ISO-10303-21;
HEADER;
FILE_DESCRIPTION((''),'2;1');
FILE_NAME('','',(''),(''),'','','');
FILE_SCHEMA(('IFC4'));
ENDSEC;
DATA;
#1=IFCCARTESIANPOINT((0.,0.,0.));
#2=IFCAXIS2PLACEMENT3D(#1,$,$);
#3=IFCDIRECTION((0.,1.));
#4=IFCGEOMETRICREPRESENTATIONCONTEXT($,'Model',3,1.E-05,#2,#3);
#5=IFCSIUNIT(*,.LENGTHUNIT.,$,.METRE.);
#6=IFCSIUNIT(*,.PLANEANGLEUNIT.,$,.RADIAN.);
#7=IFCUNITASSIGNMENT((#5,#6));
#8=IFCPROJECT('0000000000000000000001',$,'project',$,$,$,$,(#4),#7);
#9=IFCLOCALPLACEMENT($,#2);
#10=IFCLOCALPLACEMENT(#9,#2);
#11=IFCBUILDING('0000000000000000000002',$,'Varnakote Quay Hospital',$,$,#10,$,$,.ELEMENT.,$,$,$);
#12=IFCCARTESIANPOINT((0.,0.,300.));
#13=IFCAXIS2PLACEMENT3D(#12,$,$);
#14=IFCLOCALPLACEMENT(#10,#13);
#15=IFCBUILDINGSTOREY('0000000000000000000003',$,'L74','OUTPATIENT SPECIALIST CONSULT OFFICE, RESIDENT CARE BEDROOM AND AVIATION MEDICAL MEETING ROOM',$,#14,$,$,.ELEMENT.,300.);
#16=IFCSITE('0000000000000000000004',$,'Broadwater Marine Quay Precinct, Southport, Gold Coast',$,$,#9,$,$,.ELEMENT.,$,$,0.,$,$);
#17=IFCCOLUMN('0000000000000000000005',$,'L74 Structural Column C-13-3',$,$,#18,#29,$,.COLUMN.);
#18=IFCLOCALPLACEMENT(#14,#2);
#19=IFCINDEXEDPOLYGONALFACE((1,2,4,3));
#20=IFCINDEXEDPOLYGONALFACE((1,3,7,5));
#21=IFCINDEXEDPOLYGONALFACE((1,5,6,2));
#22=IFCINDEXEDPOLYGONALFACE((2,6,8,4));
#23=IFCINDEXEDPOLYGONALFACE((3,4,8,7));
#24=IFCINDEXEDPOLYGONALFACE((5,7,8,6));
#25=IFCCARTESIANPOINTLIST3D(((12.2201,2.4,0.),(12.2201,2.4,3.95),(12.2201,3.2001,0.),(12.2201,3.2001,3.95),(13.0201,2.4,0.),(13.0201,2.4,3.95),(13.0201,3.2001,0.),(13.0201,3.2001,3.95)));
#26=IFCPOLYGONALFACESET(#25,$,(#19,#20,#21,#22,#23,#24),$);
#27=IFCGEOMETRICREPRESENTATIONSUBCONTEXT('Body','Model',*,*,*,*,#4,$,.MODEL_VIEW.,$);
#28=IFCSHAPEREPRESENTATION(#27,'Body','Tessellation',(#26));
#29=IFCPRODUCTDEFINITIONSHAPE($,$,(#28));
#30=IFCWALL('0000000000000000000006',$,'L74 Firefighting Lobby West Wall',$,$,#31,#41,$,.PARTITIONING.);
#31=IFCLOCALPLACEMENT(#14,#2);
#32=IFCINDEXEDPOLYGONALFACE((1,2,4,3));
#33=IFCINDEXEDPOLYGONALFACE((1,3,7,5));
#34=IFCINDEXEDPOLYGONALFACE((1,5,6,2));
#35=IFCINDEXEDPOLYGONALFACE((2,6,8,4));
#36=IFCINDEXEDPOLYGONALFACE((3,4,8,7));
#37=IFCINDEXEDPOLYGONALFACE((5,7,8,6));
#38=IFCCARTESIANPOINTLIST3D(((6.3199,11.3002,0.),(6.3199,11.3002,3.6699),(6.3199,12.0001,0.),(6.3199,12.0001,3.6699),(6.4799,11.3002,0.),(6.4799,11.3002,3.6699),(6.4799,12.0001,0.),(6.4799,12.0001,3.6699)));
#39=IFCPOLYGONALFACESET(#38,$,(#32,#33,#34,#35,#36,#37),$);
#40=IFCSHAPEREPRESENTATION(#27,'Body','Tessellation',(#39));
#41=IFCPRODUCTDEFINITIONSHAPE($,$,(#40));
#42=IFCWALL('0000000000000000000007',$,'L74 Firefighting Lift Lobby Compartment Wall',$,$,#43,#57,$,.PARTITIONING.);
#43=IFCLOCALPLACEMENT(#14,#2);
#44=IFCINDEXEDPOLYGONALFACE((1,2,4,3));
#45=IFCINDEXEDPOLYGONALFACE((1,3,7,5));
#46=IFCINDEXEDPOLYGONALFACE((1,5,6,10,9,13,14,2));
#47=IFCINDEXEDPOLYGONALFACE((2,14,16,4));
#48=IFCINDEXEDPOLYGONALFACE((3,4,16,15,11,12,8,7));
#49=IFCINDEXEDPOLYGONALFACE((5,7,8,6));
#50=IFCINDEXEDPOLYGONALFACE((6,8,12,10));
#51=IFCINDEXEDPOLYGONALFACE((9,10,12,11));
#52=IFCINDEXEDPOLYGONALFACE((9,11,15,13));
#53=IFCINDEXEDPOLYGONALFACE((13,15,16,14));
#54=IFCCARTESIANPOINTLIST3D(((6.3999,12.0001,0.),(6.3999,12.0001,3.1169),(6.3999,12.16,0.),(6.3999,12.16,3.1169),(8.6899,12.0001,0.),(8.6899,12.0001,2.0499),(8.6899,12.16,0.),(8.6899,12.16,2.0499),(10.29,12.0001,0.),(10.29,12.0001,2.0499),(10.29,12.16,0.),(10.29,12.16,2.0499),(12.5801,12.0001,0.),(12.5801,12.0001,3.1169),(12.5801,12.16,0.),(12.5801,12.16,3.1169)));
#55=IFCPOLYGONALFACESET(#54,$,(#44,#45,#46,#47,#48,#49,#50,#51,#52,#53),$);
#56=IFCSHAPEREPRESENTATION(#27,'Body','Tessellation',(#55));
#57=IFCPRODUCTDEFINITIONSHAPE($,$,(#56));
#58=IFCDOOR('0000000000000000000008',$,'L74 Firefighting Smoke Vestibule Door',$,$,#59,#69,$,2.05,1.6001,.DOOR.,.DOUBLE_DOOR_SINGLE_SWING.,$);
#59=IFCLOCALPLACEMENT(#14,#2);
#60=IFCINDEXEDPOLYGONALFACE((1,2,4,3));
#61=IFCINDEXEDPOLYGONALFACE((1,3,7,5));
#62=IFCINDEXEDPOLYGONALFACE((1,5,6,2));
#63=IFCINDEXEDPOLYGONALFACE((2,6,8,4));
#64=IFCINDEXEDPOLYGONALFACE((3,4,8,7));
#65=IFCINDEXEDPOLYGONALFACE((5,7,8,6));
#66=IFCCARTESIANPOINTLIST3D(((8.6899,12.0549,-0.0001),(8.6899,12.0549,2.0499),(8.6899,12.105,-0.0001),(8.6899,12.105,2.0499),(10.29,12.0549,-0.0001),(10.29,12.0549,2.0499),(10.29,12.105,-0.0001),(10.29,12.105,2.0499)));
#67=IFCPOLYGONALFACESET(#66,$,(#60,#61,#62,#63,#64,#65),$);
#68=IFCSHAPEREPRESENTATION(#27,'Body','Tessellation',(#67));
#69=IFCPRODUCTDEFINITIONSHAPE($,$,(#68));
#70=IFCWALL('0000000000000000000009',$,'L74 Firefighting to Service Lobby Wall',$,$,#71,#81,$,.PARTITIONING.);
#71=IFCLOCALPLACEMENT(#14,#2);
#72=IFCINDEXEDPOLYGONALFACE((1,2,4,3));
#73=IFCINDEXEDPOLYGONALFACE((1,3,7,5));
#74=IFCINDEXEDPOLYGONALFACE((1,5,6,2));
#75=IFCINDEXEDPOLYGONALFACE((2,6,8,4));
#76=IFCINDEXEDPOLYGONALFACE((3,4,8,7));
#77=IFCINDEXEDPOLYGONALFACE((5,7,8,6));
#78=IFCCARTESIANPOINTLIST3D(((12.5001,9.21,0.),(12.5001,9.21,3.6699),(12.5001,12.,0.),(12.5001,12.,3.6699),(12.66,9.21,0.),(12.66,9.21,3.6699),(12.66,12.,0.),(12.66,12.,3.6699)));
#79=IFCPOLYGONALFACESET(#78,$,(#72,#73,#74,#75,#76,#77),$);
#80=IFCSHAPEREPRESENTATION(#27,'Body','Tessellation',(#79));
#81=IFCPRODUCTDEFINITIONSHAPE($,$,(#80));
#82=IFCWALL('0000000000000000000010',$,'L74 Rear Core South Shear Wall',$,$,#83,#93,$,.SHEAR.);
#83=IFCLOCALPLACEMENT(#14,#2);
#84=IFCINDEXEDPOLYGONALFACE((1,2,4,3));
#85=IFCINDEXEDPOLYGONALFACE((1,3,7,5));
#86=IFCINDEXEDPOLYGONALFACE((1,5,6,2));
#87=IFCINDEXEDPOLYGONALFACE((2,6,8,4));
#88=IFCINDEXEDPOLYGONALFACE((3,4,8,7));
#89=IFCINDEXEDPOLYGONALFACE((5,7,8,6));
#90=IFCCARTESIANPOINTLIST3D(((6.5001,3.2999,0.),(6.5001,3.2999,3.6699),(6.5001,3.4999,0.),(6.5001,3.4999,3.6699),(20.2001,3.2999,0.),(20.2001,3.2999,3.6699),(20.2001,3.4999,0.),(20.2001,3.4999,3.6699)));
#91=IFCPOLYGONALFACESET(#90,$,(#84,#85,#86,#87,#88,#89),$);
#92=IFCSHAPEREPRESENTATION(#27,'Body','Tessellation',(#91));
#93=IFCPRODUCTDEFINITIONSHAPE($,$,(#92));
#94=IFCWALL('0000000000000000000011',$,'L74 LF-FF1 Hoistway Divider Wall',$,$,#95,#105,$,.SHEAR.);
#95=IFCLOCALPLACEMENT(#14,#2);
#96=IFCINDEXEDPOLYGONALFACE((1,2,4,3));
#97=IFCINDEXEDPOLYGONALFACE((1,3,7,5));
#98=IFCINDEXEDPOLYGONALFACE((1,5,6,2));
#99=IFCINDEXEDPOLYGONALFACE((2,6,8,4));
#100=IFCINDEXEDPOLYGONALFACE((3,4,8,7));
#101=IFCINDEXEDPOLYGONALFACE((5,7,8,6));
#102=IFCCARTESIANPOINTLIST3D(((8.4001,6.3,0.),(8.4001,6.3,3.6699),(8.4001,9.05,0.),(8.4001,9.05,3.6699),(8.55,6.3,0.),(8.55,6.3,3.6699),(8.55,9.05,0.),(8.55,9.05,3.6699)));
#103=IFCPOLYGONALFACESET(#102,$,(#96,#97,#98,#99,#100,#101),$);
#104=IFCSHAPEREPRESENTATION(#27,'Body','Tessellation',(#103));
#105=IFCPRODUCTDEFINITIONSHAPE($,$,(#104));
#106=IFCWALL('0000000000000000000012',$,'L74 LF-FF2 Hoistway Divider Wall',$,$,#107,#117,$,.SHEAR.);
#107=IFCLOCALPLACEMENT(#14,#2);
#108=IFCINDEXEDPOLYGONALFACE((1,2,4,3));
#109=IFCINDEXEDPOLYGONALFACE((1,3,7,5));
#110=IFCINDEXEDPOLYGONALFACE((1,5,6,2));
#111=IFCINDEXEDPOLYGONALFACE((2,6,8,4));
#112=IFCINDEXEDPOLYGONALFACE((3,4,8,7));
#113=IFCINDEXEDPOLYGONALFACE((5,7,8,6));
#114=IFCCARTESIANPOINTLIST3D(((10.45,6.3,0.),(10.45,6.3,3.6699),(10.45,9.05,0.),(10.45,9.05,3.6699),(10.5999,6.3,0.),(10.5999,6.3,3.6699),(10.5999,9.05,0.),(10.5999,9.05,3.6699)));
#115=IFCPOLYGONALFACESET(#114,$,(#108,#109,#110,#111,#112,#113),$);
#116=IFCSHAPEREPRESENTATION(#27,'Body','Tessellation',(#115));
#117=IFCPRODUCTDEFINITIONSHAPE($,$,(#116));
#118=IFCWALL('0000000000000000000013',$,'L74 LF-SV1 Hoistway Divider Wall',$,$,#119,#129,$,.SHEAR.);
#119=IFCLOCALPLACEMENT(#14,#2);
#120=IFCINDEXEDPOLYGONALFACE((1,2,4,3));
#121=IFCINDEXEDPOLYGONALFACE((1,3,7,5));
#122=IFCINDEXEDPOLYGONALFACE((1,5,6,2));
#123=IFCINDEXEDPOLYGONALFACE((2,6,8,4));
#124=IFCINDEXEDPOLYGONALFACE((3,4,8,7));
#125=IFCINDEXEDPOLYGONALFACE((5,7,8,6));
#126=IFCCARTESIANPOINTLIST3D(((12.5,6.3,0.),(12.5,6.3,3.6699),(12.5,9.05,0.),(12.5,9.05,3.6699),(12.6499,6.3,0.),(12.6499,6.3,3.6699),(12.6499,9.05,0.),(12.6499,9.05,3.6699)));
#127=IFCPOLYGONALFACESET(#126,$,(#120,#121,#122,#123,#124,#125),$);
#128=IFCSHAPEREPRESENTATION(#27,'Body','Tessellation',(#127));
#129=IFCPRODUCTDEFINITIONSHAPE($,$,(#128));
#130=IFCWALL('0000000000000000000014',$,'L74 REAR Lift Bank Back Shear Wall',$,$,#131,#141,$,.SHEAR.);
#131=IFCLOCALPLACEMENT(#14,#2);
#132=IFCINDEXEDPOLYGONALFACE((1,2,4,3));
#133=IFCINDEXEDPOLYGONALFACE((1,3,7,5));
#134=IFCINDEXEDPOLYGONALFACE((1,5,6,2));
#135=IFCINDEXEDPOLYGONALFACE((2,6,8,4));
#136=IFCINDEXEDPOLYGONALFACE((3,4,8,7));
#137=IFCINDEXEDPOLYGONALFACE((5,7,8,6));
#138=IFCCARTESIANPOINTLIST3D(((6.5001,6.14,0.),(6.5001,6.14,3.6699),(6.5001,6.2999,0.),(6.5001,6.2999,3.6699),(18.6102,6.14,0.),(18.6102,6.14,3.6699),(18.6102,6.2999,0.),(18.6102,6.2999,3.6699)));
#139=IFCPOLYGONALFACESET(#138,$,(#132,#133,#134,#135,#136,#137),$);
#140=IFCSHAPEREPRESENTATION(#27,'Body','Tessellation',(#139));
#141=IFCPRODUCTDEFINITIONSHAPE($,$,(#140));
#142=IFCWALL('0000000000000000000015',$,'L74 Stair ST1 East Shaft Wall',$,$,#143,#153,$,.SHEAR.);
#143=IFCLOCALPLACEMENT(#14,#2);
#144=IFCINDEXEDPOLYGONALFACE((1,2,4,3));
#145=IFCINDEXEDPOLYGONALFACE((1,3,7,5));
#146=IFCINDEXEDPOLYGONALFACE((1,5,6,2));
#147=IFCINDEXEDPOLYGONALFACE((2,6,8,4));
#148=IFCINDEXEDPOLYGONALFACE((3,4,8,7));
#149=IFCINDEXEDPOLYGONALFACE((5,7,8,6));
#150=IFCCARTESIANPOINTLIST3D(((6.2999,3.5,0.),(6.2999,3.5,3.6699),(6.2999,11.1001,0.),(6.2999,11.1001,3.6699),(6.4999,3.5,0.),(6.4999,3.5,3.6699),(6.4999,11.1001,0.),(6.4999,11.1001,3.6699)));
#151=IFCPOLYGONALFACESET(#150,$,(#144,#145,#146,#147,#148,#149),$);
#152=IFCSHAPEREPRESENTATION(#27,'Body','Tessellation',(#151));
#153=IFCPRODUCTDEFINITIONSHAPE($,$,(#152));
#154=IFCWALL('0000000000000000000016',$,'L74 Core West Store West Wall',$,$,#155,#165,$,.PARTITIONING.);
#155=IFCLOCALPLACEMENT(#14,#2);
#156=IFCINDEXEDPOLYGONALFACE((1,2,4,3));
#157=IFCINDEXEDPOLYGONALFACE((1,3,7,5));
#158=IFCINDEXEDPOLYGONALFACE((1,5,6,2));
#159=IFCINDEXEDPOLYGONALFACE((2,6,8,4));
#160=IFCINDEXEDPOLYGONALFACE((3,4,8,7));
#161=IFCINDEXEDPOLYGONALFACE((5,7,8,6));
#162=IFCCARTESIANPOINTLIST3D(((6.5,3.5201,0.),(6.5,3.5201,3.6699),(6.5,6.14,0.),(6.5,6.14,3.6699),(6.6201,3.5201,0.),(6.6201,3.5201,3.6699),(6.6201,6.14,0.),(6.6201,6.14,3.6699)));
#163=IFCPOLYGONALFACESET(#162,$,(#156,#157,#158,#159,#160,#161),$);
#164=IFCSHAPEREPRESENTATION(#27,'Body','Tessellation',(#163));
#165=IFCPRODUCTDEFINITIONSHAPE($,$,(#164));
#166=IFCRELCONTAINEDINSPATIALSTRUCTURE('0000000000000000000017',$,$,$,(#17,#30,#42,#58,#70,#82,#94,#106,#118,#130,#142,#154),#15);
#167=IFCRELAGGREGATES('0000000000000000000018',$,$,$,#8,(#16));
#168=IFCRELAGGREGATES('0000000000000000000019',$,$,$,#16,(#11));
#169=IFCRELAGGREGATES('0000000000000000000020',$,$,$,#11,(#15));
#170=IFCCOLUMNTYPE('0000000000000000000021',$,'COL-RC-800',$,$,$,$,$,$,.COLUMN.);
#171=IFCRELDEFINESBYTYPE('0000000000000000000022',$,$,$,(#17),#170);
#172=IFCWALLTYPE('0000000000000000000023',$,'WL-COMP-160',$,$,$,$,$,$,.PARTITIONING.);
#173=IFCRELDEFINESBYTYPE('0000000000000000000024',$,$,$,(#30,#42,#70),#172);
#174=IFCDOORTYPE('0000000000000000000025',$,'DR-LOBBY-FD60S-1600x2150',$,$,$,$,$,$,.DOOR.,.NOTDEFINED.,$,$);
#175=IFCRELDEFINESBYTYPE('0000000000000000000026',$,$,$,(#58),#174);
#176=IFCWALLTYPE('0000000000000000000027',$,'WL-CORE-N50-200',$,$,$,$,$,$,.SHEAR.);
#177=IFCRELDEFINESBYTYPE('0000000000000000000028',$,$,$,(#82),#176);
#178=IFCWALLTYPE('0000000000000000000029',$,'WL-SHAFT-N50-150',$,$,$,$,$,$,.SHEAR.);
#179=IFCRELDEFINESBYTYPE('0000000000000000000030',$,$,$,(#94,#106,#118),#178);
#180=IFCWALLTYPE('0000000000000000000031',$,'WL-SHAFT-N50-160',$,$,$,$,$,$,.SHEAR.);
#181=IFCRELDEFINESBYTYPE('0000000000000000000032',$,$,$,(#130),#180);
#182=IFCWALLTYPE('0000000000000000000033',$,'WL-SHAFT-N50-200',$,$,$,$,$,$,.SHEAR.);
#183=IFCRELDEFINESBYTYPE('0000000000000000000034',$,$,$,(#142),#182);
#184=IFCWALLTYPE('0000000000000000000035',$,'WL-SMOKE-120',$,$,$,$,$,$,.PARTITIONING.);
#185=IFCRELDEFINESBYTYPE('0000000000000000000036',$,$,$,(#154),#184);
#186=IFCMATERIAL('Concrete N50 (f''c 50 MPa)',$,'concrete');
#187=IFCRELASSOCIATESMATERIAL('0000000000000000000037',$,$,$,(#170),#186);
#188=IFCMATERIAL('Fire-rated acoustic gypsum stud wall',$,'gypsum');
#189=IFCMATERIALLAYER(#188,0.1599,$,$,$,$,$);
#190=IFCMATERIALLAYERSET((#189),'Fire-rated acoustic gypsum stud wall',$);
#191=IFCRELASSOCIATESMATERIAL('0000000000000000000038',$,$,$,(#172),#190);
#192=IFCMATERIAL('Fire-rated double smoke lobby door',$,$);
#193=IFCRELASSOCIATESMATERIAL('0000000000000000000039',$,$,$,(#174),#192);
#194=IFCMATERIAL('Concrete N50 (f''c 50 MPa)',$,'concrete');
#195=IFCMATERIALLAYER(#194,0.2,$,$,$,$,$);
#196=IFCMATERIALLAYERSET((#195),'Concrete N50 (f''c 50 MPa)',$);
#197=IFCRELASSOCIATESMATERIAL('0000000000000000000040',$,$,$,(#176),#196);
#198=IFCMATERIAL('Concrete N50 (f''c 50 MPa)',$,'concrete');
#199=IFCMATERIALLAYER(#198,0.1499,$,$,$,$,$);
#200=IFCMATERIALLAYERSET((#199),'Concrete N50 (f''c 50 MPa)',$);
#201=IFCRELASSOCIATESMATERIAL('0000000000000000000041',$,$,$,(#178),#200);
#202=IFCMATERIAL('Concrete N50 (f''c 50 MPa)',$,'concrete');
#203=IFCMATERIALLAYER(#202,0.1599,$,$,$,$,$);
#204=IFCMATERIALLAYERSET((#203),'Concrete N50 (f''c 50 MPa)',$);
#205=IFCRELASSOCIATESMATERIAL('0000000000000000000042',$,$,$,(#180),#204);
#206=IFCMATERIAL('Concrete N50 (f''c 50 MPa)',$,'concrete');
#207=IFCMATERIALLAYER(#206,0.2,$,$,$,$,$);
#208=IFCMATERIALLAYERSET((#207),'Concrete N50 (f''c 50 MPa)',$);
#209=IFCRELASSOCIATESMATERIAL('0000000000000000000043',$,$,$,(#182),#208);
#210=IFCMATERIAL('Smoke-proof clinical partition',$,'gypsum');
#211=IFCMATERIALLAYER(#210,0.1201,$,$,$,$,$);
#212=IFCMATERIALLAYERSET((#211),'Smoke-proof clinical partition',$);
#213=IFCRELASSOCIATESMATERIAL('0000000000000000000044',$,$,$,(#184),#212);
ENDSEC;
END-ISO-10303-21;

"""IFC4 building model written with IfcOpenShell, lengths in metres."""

from ifc_helpers import new_model, si_unit, direction, frame, frame_2d, origin, origin_2d, place, context, subcontext, project, spatial, rectangle, extrude, material, layer, layer_set, material_profile, profile_set, type_object, element, fill, save


model = new_model("IFC4")

# Units and contexts
model_context = context("Model", 3, precision=1e-05, world=origin(), true_north=direction((0.0, 1.0)))
body_context = subcontext(model_context, "Body", "Model", "MODEL_VIEW")
ifc_project = project(units=[si_unit("LENGTHUNIT", "METRE"), si_unit("PLANEANGLEUNIT", "RADIAN")], contexts=[model_context])

# Site, building, storey
site_placement = place(None, origin())
site = spatial("IfcSite", under=ifc_project, at=site_placement, Name="Broadwater Marine Quay Precinct, Southport, Gold Coast", CompositionType="ELEMENT", RefElevation=0.0)
building_placement = place(site_placement, origin())
building = spatial("IfcBuilding", under=site, at=building_placement, Name="Varnakote Quay Hospital", CompositionType="ELEMENT")
storey_placement = place(building_placement, frame((0.0, 0.0, 300.0)))
storey = spatial("IfcBuildingStorey", under=building, at=storey_placement, Name="L74", Description="OUTPATIENT SPECIALIST CONSULT OFFICE, RESIDENT CARE BEDROOM AND AVIATION MEDICAL MEETING ROOM", CompositionType="ELEMENT", Elevation=300.0)

# Column
ifc_material_1 = material(Name="Concrete N50 (f'c 50 MPa)", Category="concrete")
ifc_material_profile = material_profile(ifc_material_1, rectangle(XDim=0.8, YDim=0.8, at=origin_2d()), Name="RC-COL-800x800")
ifc_profile_set = profile_set([ifc_material_profile], Name="Concrete N50 (f'c 50 MPa)")
column_type = type_object("IfcColumnType", Name="COL-RC-800", PredefinedType="COLUMN", material=ifc_profile_set)
column_placement = place(storey_placement, frame((12.6201, 2.8, 0.0), z_axis=(0.0, 0.0, 1.0), x_axis=(1.0, 0.0, 0.0)))
element("IfcColumn", 1, at=column_placement, inside=storey, type_object=column_type, Name="L74 Structural Column C-13-3", PredefinedType="COLUMN", context=body_context, shape_type="SweptSolid", body=[
    extrude(rectangle(XDim=0.8, YDim=0.8, at=origin_2d()), origin(), (0.0, 0.0, 1.0), 3.95),
])

# Wall
ifc_material_2 = material(Name="Fire-rated acoustic gypsum stud wall", Category="gypsum")
ifc_layer_1 = layer(ifc_material_2, 0.1599)
ifc_layer_set_1 = layer_set([ifc_layer_1], Name="Fire-rated acoustic gypsum stud wall")
wall_type_1 = type_object("IfcWallType", Name="WL-COMP-160", PredefinedType="PARTITIONING", material=ifc_layer_set_1)
wall_1_placement = place(storey_placement, frame((6.3999, 11.3, 0.0), z_axis=(0.0, 0.0, 1.0), x_axis=(0.0, 1.0, 0.0)))
element("IfcWall", 2, at=wall_1_placement, inside=storey, type_object=wall_type_1, Name="L74 Firefighting Lobby West Wall", PredefinedType="PARTITIONING", context=body_context, shape_type="SweptSolid", body=[
    extrude(rectangle(XDim=0.7, YDim=0.1599, at=frame_2d((0.3501, 0.0))), origin(), (0.0, 0.0, 1.0), 3.6699),
])

# Wall, opening, door
wall_2_placement = place(storey_placement, frame((6.3999, 12.0801, 0.0), z_axis=(0.0, 0.0, 1.0), x_axis=(1.0, 0.0, 0.0)))
wall_2 = element("IfcWall", 3, at=wall_2_placement, inside=storey, type_object=wall_type_1, Name="L74 Firefighting Lift Lobby Compartment Wall", PredefinedType="PARTITIONING", context=body_context, shape_type="SweptSolid", body=[
    extrude(rectangle(XDim=6.1802, YDim=0.1599, at=frame_2d((3.0901, 0.0))), origin(), (0.0, 0.0, 1.0), 3.1169),
])
opening_1_placement = place(wall_2_placement, frame((2.29, 0.0, 0.0)))
opening_1 = element("IfcOpeningElement", 4, at=opening_1_placement, cuts=wall_2, PredefinedType="OPENING", context=body_context, shape_type="SweptSolid", body=[
    extrude(rectangle(XDim=1.6001, YDim=2.05, at=frame_2d((0.8, 1.0249))), frame((0.0, 0.0898, 0.0), z_axis=(0.0, -1.0, 0.0), x_axis=(1.0, 0.0, 0.0)), (0.0, 0.0, 1.0), 0.1799),
])
ifc_material_3 = material(Name="Fire-rated double smoke lobby door")
door_type_1 = type_object("IfcDoorType", Name="DR-LOBBY-FD60S-1600x2150", OperationType="NOTDEFINED", PredefinedType="DOOR", material=ifc_material_3)
door_1_placement = place(opening_1_placement, origin())
door_1 = element("IfcDoor", 5, at=door_1_placement, inside=storey, type_object=door_type_1, Name="L74 Firefighting Smoke Vestibule Door", OperationType="DOUBLE_DOOR_SINGLE_SWING", OverallHeight=2.05, OverallWidth=1.6001, PredefinedType="DOOR", context=body_context, shape_type="SweptSolid", body=[
    extrude(rectangle(XDim=1.6001, YDim=2.05, at=frame_2d((0.8, 1.0249))), frame((0.0, 0.0249, 0.0), z_axis=(0.0, -1.0, 0.0), x_axis=(1.0, 0.0, 0.0)), (0.0, 0.0, 1.0), 0.05),
])
fill(opening_1, door_1)

# Walls
wall_3_placement = place(storey_placement, frame((12.5801, 9.21, 0.0), z_axis=(0.0, 0.0, 1.0), x_axis=(0.0, 1.0, 0.0)))
element("IfcWall", 6, at=wall_3_placement, inside=storey, type_object=wall_type_1, Name="L74 Firefighting to Service Lobby Wall", PredefinedType="PARTITIONING", context=body_context, shape_type="SweptSolid", body=[
    extrude(rectangle(XDim=2.79, YDim=0.1599, at=frame_2d((1.395, 0.0))), origin(), (0.0, 0.0, 1.0), 3.6699),
])
ifc_material_4 = material(Name="Concrete N50 (f'c 50 MPa)", Category="concrete")
ifc_layer_2 = layer(ifc_material_4, 0.2)
ifc_layer_set_2 = layer_set([ifc_layer_2], Name="Concrete N50 (f'c 50 MPa)")
wall_type_2 = type_object("IfcWallType", Name="WL-CORE-N50-200", PredefinedType="SHEAR", material=ifc_layer_set_2)
wall_4_placement = place(storey_placement, frame((6.5, 3.3999, 0.0), z_axis=(0.0, 0.0, 1.0), x_axis=(1.0, 0.0, 0.0)))
element("IfcWall", 7, at=wall_4_placement, inside=storey, type_object=wall_type_2, Name="L74 Rear Core South Shear Wall", PredefinedType="SHEAR", context=body_context, shape_type="SweptSolid", body=[
    extrude(rectangle(XDim=13.7, YDim=0.2, at=frame_2d((6.8501, 0.0))), origin(), (0.0, 0.0, 1.0), 3.6699),
])
ifc_material_5 = material(Name="Concrete N50 (f'c 50 MPa)", Category="concrete")
ifc_layer_3 = layer(ifc_material_5, 0.1499)
ifc_layer_set_3 = layer_set([ifc_layer_3], Name="Concrete N50 (f'c 50 MPa)")
wall_type_3 = type_object("IfcWallType", Name="WL-SHAFT-N50-150", PredefinedType="SHEAR", material=ifc_layer_set_3)
for number, where, z_axis, x_axis, name in (
    (8, (8.4751, 6.3, 0.0), (0.0, 0.0, 1.0), (0.0, 1.0, 0.0), "L74 LF-FF1 Hoistway Divider Wall"),
    (9, (10.5249, 6.3, 0.0), (0.0, 0.0, 1.0), (0.0, 1.0, 0.0), "L74 LF-FF2 Hoistway Divider Wall"),
    (10, (12.575, 6.3, 0.0), (0.0, 0.0, 1.0), (0.0, 1.0, 0.0), "L74 LF-SV1 Hoistway Divider Wall"),
):
    element("IfcWall", number, at=place(storey_placement, frame(where, z_axis=z_axis, x_axis=x_axis)), inside=storey, type_object=wall_type_3, Name=name, PredefinedType="SHEAR", context=body_context, shape_type="SweptSolid", body=[
        extrude(rectangle(XDim=2.75, YDim=0.1499, at=frame_2d((1.375, 0.0))), origin(), (0.0, 0.0, 1.0), 3.6699),
    ])
ifc_material_6 = material(Name="Concrete N50 (f'c 50 MPa)", Category="concrete")
ifc_layer_4 = layer(ifc_material_6, 0.1599)
ifc_layer_set_4 = layer_set([ifc_layer_4], Name="Concrete N50 (f'c 50 MPa)")
wall_type_4 = type_object("IfcWallType", Name="WL-SHAFT-N50-160", PredefinedType="SHEAR", material=ifc_layer_set_4)
wall_5_placement = place(storey_placement, frame((6.5, 6.22, 0.0), z_axis=(0.0, 0.0, 1.0), x_axis=(1.0, 0.0, 0.0)))
element("IfcWall", 11, at=wall_5_placement, inside=storey, type_object=wall_type_4, Name="L74 REAR Lift Bank Back Shear Wall", PredefinedType="SHEAR", context=body_context, shape_type="SweptSolid", body=[
    extrude(rectangle(XDim=12.1101, YDim=0.1599, at=frame_2d((6.0552, 0.0))), origin(), (0.0, 0.0, 1.0), 3.6699),
])

# Walls
ifc_material_7 = material(Name="Concrete N50 (f'c 50 MPa)", Category="concrete")
ifc_layer_5 = layer(ifc_material_7, 0.2)
ifc_layer_set_5 = layer_set([ifc_layer_5], Name="Concrete N50 (f'c 50 MPa)")
wall_type_5 = type_object("IfcWallType", Name="WL-SHAFT-N50-200", PredefinedType="SHEAR", material=ifc_layer_set_5)
wall_6_placement = place(storey_placement, frame((6.3999, 3.5, 0.0), z_axis=(0.0, 0.0, 1.0), x_axis=(0.0, 1.0, 0.0)))
element("IfcWall", 12, at=wall_6_placement, inside=storey, type_object=wall_type_5, Name="L74 Stair ST1 East Shaft Wall", PredefinedType="SHEAR", context=body_context, shape_type="SweptSolid", body=[
    extrude(rectangle(XDim=7.6001, YDim=0.2, at=frame_2d((3.8, 0.0))), origin(), (0.0, 0.0, 1.0), 3.6699),
])
ifc_material_8 = material(Name="Smoke-proof clinical partition", Category="gypsum")
ifc_layer_6 = layer(ifc_material_8, 0.1201)
ifc_layer_set_6 = layer_set([ifc_layer_6], Name="Smoke-proof clinical partition")
wall_type_6 = type_object("IfcWallType", Name="WL-SMOKE-120", PredefinedType="PARTITIONING", material=ifc_layer_set_6)
wall_7_placement = place(storey_placement, frame((6.5601, 3.52, 0.0), z_axis=(0.0, 0.0, 1.0), x_axis=(0.0, 1.0, 0.0)))
element("IfcWall", 13, at=wall_7_placement, inside=storey, type_object=wall_type_6, Name="L74 Core West Store West Wall", PredefinedType="PARTITIONING", context=body_context, shape_type="SweptSolid", body=[
    extrude(rectangle(XDim=2.6199, YDim=0.1201, at=frame_2d((1.3101, 0.0))), origin(), (0.0, 0.0, 1.0), 3.6699),
])

save(model, "model.ifc")
